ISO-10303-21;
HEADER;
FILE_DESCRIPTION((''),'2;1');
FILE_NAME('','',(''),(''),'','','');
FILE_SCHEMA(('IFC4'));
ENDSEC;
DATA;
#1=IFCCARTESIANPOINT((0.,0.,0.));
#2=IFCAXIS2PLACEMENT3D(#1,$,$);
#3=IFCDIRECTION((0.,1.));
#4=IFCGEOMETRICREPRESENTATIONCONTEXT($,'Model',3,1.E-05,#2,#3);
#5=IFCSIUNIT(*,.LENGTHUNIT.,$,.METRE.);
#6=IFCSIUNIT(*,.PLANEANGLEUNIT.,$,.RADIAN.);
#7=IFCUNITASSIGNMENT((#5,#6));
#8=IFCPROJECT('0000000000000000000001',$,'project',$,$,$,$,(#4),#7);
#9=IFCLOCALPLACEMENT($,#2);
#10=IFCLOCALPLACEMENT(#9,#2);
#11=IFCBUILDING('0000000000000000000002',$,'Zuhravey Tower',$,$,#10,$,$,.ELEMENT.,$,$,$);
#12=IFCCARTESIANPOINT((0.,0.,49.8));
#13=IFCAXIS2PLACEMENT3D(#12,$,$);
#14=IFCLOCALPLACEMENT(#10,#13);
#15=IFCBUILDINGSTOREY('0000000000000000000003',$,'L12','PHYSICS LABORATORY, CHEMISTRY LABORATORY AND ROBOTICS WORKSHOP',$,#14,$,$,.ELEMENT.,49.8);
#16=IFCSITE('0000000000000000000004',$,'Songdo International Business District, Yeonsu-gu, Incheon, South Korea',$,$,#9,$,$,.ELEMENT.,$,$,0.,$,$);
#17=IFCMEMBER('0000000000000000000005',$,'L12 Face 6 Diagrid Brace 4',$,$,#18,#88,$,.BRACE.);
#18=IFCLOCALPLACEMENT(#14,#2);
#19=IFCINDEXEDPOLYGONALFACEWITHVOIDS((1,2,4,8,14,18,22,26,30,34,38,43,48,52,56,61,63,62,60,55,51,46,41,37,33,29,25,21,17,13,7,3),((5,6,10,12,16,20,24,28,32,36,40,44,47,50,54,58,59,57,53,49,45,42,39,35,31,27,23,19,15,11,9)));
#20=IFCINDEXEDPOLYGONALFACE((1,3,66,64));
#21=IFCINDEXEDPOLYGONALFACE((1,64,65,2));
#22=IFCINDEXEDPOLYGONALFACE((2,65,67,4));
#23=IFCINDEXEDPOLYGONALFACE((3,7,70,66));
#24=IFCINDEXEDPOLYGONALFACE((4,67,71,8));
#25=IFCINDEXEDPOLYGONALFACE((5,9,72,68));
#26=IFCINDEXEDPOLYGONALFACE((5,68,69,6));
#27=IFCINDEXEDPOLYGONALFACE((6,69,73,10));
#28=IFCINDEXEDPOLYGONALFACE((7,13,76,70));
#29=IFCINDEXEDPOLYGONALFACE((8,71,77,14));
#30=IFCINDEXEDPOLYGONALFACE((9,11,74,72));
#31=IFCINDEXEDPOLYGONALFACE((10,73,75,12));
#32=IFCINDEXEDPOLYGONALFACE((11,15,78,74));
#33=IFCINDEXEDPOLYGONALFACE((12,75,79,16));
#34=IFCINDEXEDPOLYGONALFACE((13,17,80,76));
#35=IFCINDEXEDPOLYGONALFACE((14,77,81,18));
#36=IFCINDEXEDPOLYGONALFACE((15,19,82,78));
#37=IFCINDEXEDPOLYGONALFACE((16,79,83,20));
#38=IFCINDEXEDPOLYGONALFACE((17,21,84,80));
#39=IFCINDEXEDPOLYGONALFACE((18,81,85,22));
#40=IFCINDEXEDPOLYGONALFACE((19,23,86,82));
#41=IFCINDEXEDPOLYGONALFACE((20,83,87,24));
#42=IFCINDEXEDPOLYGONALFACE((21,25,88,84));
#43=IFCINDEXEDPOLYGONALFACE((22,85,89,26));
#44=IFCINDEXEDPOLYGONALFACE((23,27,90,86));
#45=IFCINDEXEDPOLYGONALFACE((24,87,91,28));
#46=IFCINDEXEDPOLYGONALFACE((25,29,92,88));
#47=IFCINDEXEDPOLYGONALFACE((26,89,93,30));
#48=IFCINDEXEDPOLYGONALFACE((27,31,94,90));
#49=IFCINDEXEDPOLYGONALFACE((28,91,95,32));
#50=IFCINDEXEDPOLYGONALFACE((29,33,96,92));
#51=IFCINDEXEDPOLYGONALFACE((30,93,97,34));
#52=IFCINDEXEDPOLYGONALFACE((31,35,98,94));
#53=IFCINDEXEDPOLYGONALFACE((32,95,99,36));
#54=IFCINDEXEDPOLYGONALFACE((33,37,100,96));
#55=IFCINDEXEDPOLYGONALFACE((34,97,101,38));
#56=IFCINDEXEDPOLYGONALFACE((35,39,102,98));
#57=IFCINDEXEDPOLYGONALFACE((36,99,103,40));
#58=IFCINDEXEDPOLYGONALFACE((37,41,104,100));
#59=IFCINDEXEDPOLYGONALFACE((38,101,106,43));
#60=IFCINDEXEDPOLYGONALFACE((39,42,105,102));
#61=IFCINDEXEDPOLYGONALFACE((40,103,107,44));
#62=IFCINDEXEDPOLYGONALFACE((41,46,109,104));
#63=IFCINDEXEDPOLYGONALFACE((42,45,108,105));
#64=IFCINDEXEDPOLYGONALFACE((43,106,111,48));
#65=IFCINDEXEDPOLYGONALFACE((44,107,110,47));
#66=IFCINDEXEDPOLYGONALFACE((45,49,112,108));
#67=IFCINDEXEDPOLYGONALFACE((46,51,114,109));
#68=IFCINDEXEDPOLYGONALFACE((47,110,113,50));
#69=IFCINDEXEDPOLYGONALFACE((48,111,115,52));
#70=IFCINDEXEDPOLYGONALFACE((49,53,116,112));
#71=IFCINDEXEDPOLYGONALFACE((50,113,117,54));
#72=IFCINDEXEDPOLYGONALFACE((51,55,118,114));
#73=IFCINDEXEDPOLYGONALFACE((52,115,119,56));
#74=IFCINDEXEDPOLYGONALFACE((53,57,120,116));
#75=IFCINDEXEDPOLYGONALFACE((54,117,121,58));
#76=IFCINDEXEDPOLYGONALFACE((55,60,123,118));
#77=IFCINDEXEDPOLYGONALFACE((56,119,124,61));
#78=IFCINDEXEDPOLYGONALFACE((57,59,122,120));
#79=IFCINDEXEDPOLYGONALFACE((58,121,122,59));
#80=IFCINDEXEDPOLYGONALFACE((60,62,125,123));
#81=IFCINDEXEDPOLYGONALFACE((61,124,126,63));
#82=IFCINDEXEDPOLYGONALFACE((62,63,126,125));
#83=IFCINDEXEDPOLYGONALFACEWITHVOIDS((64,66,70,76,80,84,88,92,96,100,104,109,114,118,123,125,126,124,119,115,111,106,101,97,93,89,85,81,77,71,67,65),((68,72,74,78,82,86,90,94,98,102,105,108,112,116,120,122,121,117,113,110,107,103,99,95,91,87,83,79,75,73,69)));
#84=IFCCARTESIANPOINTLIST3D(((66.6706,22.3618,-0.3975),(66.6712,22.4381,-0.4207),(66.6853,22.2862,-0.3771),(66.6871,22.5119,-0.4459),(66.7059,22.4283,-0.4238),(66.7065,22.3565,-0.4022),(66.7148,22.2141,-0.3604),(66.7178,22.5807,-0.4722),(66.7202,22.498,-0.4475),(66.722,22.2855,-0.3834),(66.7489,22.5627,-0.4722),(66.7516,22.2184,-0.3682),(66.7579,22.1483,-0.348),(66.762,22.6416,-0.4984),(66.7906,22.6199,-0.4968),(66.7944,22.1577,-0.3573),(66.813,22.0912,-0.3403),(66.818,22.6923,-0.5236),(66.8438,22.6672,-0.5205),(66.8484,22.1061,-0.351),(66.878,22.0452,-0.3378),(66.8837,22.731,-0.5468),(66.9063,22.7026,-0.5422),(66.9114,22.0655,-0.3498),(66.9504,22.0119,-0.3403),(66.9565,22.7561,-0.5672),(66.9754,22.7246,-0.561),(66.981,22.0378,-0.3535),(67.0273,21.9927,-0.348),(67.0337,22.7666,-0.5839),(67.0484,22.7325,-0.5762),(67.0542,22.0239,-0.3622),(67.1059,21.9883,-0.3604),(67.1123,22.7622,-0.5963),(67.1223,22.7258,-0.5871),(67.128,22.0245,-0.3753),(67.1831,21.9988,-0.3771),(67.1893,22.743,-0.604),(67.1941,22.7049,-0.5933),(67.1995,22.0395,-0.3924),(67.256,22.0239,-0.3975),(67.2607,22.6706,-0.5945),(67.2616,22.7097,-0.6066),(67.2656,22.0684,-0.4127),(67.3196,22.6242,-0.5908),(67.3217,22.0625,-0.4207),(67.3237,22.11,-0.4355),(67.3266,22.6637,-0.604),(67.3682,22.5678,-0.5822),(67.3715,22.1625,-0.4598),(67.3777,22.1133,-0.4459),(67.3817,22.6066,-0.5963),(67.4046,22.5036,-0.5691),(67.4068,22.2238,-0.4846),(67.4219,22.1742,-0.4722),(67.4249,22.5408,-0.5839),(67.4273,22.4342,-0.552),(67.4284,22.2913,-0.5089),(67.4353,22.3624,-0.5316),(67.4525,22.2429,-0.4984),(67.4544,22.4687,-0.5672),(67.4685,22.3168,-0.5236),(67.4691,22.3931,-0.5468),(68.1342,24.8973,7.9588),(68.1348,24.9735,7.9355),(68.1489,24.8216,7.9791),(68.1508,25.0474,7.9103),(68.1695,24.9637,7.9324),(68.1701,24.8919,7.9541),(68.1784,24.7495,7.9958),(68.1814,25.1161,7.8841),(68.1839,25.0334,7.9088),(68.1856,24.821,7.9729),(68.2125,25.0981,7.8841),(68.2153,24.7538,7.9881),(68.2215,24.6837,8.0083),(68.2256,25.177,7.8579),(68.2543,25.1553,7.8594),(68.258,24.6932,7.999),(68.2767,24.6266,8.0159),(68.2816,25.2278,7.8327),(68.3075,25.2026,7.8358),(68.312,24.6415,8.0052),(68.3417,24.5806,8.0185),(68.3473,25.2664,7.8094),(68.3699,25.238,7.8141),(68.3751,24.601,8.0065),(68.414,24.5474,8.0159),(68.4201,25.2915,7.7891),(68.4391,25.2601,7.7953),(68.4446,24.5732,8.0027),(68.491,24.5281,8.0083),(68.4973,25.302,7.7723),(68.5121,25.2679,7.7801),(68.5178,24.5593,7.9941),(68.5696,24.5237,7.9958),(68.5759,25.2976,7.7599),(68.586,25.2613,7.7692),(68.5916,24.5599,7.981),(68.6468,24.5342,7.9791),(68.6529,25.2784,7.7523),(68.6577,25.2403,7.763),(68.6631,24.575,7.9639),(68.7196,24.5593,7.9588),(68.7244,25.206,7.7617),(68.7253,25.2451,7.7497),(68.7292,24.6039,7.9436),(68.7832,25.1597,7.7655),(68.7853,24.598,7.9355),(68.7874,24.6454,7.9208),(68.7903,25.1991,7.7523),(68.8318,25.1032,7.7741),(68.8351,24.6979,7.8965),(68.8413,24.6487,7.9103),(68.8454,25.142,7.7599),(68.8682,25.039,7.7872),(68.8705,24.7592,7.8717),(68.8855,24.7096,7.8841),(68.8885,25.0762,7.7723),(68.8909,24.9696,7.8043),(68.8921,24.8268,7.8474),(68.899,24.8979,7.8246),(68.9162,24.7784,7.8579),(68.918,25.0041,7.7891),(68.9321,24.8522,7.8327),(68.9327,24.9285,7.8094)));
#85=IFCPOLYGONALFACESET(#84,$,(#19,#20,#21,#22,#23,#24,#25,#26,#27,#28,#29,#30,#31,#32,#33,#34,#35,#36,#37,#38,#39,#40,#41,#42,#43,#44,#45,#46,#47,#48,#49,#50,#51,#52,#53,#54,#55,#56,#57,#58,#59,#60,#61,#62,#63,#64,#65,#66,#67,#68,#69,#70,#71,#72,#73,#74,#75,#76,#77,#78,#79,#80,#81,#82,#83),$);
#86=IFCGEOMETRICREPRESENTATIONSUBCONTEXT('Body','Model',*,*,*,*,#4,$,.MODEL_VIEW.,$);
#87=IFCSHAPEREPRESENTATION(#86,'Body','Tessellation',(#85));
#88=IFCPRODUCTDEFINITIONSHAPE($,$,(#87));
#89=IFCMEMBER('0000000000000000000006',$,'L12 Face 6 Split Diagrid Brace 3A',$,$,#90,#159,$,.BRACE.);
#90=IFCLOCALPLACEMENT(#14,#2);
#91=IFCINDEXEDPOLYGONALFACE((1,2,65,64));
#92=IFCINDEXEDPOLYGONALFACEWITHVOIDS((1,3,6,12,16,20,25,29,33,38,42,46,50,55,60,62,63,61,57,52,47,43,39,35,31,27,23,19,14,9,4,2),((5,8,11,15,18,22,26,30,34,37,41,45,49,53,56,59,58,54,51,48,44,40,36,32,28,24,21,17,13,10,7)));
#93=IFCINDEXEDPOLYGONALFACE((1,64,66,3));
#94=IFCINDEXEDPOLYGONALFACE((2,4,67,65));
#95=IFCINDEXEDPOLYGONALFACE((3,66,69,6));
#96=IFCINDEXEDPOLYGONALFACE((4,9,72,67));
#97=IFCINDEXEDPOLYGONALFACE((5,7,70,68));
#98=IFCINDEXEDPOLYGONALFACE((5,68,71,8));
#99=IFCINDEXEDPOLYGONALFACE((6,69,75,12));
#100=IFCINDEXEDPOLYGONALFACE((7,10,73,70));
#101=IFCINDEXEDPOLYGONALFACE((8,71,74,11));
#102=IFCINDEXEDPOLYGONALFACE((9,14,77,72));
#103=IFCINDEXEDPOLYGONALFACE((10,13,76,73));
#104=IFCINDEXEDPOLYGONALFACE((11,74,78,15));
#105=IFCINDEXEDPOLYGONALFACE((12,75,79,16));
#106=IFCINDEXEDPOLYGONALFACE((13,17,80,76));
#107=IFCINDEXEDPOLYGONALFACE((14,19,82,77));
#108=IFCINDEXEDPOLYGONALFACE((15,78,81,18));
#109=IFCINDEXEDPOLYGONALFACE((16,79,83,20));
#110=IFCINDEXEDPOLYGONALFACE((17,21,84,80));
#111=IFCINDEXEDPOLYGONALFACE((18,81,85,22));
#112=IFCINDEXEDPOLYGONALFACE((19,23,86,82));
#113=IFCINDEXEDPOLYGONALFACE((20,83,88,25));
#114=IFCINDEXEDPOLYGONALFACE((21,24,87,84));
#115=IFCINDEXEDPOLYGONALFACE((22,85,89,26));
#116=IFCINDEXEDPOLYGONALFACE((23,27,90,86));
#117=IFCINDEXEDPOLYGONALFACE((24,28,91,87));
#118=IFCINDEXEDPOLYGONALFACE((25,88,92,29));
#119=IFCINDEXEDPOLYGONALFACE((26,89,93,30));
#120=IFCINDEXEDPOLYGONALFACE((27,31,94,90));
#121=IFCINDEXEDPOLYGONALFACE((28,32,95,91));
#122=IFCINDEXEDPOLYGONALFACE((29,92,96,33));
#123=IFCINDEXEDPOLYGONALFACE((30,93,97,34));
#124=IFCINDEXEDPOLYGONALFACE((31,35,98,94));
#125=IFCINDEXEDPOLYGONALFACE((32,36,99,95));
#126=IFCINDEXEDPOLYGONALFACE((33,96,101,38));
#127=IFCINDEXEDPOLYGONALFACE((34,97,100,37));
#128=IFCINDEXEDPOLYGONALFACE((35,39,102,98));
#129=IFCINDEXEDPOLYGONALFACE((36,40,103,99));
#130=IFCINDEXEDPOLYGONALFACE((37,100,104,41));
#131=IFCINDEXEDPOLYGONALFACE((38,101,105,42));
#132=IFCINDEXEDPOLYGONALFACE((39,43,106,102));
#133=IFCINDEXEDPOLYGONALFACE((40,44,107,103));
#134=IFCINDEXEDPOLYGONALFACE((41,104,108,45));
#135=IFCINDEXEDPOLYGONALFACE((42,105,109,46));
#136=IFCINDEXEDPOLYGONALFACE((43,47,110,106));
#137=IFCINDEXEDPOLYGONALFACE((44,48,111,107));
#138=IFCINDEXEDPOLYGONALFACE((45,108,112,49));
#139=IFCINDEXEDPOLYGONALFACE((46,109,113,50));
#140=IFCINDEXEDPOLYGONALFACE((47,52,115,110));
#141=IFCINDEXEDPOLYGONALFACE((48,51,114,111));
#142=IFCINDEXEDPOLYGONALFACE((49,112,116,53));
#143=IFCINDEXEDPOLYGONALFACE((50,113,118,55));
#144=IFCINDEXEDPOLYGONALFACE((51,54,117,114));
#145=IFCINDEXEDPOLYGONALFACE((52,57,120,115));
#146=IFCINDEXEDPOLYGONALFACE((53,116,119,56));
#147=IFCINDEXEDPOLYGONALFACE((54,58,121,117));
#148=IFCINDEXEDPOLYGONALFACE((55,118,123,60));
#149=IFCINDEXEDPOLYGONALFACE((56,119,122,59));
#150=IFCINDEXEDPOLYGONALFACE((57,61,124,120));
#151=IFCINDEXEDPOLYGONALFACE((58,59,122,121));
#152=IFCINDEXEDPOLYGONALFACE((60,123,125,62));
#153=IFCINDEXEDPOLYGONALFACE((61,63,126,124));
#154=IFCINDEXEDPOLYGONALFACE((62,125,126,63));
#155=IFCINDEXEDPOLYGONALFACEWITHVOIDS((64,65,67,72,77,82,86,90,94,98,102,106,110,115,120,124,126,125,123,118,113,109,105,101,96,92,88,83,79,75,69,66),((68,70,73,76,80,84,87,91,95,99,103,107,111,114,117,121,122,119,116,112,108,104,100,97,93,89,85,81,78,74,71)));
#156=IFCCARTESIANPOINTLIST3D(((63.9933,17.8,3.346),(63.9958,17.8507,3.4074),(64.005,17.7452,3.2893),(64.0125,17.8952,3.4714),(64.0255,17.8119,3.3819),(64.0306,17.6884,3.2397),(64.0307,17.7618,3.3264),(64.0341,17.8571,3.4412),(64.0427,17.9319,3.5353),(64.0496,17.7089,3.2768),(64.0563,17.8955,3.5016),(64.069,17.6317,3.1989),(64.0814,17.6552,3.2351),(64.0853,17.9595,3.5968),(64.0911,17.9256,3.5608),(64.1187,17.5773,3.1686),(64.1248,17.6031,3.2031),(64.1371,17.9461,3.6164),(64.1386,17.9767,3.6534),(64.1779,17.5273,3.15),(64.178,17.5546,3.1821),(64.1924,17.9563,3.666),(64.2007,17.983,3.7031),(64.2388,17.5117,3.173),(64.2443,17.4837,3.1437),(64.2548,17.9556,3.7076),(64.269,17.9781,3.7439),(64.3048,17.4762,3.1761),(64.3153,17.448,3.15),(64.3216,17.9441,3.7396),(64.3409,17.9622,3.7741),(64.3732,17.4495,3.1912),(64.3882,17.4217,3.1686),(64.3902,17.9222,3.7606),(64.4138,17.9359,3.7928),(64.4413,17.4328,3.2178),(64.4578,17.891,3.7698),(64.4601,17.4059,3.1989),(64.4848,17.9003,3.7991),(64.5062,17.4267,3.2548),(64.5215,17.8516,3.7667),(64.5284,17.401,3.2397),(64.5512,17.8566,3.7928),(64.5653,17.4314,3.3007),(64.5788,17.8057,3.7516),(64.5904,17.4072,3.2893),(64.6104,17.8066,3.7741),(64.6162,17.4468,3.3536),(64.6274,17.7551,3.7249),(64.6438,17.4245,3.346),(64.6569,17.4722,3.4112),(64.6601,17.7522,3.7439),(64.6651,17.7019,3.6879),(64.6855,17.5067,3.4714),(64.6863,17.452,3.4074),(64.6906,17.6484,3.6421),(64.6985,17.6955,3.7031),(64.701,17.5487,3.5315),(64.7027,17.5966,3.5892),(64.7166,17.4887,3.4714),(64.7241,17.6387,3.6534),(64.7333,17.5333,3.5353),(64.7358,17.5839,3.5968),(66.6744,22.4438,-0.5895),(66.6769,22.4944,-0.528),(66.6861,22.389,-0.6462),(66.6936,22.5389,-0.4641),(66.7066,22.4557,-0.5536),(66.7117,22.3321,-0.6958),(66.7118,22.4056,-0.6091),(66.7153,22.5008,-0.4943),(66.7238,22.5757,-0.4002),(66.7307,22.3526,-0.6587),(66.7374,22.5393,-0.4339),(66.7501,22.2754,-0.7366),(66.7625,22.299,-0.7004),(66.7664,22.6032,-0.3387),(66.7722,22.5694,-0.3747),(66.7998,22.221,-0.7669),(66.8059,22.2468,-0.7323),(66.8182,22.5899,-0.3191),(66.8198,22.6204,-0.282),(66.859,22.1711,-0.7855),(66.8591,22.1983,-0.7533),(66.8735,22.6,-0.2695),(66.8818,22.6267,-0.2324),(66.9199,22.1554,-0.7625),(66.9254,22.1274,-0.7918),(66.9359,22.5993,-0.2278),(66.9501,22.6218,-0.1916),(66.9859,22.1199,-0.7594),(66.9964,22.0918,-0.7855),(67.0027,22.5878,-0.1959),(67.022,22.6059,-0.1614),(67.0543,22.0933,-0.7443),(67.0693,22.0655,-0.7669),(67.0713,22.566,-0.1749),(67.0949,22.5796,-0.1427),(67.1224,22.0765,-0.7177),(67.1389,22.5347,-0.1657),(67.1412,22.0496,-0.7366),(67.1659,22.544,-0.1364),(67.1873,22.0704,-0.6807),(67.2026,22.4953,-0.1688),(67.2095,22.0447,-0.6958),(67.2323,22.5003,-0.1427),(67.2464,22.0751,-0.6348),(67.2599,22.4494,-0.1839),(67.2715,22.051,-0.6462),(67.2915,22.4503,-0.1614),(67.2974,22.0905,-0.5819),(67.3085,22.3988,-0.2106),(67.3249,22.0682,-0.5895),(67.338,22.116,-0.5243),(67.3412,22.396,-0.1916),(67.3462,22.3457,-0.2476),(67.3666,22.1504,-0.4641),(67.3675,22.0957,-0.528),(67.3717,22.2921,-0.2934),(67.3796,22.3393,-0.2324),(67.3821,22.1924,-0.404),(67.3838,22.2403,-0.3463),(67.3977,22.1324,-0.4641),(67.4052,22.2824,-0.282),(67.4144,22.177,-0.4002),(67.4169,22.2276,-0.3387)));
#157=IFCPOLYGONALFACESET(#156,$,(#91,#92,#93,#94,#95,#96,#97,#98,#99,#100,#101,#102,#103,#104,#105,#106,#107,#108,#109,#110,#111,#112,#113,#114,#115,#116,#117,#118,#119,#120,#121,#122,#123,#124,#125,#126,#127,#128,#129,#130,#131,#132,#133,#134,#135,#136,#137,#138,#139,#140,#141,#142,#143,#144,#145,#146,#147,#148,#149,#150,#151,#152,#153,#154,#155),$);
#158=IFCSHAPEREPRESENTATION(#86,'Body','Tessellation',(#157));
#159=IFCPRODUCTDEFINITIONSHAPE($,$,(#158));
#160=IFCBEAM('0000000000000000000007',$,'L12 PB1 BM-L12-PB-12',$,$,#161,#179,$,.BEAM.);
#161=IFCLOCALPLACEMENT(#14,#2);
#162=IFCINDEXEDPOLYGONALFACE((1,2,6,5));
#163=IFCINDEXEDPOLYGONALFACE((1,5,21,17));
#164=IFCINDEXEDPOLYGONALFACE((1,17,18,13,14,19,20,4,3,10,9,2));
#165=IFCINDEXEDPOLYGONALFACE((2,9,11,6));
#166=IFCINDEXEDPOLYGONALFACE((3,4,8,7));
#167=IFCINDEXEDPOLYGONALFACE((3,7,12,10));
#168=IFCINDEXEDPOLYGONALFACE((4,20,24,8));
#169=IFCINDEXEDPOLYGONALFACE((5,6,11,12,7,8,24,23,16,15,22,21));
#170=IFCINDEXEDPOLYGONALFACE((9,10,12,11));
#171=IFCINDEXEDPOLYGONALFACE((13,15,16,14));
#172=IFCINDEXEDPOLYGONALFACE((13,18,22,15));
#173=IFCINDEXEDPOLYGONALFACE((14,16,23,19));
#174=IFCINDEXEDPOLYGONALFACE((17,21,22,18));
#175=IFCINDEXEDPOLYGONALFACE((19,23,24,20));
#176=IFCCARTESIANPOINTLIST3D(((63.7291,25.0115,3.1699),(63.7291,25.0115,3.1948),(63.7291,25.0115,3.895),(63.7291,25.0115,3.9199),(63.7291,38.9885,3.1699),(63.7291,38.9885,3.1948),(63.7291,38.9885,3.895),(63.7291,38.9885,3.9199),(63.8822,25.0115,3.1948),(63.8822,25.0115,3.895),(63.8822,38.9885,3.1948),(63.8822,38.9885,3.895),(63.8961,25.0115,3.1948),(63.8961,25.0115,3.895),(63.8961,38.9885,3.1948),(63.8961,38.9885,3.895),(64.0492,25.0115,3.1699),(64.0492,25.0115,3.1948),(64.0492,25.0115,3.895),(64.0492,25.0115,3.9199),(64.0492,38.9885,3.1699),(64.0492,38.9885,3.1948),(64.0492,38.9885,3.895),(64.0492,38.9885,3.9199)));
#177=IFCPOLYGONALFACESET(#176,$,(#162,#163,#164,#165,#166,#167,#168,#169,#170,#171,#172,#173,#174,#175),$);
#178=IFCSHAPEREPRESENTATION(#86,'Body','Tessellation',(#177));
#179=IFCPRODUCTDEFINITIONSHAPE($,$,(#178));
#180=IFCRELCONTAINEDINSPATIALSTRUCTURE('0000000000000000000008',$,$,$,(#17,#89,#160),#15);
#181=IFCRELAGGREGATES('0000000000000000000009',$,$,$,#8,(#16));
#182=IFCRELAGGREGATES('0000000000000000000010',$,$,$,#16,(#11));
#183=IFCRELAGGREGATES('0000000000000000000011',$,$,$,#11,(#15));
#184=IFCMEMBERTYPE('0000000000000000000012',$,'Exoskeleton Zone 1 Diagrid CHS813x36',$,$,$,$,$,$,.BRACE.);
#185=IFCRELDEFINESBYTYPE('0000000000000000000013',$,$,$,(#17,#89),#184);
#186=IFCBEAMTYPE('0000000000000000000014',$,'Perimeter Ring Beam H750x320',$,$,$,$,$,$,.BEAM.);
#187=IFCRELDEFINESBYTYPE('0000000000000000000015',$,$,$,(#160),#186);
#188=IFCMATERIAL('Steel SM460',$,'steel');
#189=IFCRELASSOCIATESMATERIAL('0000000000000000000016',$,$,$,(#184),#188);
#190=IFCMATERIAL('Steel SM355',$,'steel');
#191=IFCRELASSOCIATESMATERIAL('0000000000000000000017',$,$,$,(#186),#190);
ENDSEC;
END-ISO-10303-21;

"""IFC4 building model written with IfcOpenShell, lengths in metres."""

from ifc_helpers import new_model, si_unit, direction, frame, origin, origin_2d, place, context, subcontext, project, spatial, hollow_circle, i_section, extrude, material, material_profile, profile_set, type_object, element, save


model = new_model("IFC4")

# Units and contexts
model_context = context("Model", 3, precision=1e-05, world=origin(), true_north=direction((0.0, 1.0)))
body_context = subcontext(model_context, "Body", "Model", "MODEL_VIEW")
ifc_project = project(units=[si_unit("LENGTHUNIT", "METRE"), si_unit("PLANEANGLEUNIT", "RADIAN")], contexts=[model_context])

# Site, building, storey
site_placement = place(None, origin())
site = spatial("IfcSite", under=ifc_project, at=site_placement, Name="Songdo International Business District, Yeonsu-gu, Incheon, South Korea", CompositionType="ELEMENT", RefElevation=0.0)
building_placement = place(site_placement, origin())
building = spatial("IfcBuilding", under=site, at=building_placement, Name="Zuhravey Tower", CompositionType="ELEMENT")
storey_placement = place(building_placement, frame((0.0, 0.0, 49.8)))
storey = spatial("IfcBuildingStorey", under=building, at=storey_placement, Name="L12", Description="PHYSICS LABORATORY, CHEMISTRY LABORATORY AND ROBOTICS WORKSHOP", CompositionType="ELEMENT", Elevation=49.8)

# Members
ifc_material_1 = material(Name="Steel SM460", Category="steel")
ifc_material_profile_1 = material_profile(ifc_material_1, hollow_circle(Radius=0.4065, WallThickness=0.0359, at=origin_2d()), Name="CHS-812.8x36")
ifc_profile_set_1 = profile_set([ifc_material_profile_1], Name="Steel SM460")
member_type_1 = type_object("IfcMemberType", Name="Exoskeleton Zone 1 Diagrid CHS813x36", PredefinedType="BRACE", material=ifc_profile_set_1)
member_1_placement = place(storey_placement, frame((67.0698, 22.3774, -0.4722), z_axis=(0.165303, 0.286351, 0.943758), x_axis=(-0.866054, 0.499951, 0.0)))
element("IfcMember", 1, at=member_1_placement, inside=storey, type_object=member_type_1, Name="L12 Face 6 Diagrid Brace 4", PredefinedType="BRACE", context=body_context, shape_type="SweptSolid", body=[
    extrude(hollow_circle(Radius=0.4065, WallThickness=0.0359, at=origin_2d()), origin(), (0.0, 0.0, 1.0), 8.8542),
])
member_2_placement = place(storey_placement, frame((67.0457, 22.3357, -0.4641), z_axis=(-0.403092, -0.698162, 0.591681), x_axis=(0.866021, -0.500008, 0.0)))
element("IfcMember", 2, at=member_2_placement, inside=storey, type_object=member_type_1, Name="L12 Face 6 Split Diagrid Brace 3A", PredefinedType="BRACE", context=body_context, shape_type="SweptSolid", body=[
    extrude(hollow_circle(Radius=0.4065, WallThickness=0.0359, at=origin_2d()), origin(), (0.0, 0.0, 1.0), 6.6514),
])

# Beam
ifc_material_2 = material(Name="Steel SM355", Category="steel")
ifc_material_profile_2 = material_profile(ifc_material_2, i_section(OverallWidth=0.3201, OverallDepth=0.75, WebThickness=0.0139, FlangeThickness=0.0249, at=origin_2d()), Name="H-750x320x14x25")
ifc_profile_set_2 = profile_set([ifc_material_profile_2], Name="Steel SM355")
beam_type_1 = type_object("IfcBeamType", Name="Perimeter Ring Beam H750x320", PredefinedType="BEAM", material=ifc_profile_set_2)
beam_1_placement = place(storey_placement, frame((63.8892, 25.0115, 3.5449), z_axis=(0.0, 1.0, 0.0), x_axis=(-1.0, 0.0, 0.0)))
element("IfcBeam", 3, at=beam_1_placement, inside=storey, type_object=beam_type_1, Name="L12 PB1 BM-L12-PB-12", PredefinedType="BEAM", context=body_context, shape_type="SweptSolid", body=[
    extrude(i_section(OverallWidth=0.3201, OverallDepth=0.75, WebThickness=0.0139, FlangeThickness=0.0249, at=origin_2d()), origin(), (0.0, 0.0, 1.0), 13.9771),
])

save(model, "model.ifc")
